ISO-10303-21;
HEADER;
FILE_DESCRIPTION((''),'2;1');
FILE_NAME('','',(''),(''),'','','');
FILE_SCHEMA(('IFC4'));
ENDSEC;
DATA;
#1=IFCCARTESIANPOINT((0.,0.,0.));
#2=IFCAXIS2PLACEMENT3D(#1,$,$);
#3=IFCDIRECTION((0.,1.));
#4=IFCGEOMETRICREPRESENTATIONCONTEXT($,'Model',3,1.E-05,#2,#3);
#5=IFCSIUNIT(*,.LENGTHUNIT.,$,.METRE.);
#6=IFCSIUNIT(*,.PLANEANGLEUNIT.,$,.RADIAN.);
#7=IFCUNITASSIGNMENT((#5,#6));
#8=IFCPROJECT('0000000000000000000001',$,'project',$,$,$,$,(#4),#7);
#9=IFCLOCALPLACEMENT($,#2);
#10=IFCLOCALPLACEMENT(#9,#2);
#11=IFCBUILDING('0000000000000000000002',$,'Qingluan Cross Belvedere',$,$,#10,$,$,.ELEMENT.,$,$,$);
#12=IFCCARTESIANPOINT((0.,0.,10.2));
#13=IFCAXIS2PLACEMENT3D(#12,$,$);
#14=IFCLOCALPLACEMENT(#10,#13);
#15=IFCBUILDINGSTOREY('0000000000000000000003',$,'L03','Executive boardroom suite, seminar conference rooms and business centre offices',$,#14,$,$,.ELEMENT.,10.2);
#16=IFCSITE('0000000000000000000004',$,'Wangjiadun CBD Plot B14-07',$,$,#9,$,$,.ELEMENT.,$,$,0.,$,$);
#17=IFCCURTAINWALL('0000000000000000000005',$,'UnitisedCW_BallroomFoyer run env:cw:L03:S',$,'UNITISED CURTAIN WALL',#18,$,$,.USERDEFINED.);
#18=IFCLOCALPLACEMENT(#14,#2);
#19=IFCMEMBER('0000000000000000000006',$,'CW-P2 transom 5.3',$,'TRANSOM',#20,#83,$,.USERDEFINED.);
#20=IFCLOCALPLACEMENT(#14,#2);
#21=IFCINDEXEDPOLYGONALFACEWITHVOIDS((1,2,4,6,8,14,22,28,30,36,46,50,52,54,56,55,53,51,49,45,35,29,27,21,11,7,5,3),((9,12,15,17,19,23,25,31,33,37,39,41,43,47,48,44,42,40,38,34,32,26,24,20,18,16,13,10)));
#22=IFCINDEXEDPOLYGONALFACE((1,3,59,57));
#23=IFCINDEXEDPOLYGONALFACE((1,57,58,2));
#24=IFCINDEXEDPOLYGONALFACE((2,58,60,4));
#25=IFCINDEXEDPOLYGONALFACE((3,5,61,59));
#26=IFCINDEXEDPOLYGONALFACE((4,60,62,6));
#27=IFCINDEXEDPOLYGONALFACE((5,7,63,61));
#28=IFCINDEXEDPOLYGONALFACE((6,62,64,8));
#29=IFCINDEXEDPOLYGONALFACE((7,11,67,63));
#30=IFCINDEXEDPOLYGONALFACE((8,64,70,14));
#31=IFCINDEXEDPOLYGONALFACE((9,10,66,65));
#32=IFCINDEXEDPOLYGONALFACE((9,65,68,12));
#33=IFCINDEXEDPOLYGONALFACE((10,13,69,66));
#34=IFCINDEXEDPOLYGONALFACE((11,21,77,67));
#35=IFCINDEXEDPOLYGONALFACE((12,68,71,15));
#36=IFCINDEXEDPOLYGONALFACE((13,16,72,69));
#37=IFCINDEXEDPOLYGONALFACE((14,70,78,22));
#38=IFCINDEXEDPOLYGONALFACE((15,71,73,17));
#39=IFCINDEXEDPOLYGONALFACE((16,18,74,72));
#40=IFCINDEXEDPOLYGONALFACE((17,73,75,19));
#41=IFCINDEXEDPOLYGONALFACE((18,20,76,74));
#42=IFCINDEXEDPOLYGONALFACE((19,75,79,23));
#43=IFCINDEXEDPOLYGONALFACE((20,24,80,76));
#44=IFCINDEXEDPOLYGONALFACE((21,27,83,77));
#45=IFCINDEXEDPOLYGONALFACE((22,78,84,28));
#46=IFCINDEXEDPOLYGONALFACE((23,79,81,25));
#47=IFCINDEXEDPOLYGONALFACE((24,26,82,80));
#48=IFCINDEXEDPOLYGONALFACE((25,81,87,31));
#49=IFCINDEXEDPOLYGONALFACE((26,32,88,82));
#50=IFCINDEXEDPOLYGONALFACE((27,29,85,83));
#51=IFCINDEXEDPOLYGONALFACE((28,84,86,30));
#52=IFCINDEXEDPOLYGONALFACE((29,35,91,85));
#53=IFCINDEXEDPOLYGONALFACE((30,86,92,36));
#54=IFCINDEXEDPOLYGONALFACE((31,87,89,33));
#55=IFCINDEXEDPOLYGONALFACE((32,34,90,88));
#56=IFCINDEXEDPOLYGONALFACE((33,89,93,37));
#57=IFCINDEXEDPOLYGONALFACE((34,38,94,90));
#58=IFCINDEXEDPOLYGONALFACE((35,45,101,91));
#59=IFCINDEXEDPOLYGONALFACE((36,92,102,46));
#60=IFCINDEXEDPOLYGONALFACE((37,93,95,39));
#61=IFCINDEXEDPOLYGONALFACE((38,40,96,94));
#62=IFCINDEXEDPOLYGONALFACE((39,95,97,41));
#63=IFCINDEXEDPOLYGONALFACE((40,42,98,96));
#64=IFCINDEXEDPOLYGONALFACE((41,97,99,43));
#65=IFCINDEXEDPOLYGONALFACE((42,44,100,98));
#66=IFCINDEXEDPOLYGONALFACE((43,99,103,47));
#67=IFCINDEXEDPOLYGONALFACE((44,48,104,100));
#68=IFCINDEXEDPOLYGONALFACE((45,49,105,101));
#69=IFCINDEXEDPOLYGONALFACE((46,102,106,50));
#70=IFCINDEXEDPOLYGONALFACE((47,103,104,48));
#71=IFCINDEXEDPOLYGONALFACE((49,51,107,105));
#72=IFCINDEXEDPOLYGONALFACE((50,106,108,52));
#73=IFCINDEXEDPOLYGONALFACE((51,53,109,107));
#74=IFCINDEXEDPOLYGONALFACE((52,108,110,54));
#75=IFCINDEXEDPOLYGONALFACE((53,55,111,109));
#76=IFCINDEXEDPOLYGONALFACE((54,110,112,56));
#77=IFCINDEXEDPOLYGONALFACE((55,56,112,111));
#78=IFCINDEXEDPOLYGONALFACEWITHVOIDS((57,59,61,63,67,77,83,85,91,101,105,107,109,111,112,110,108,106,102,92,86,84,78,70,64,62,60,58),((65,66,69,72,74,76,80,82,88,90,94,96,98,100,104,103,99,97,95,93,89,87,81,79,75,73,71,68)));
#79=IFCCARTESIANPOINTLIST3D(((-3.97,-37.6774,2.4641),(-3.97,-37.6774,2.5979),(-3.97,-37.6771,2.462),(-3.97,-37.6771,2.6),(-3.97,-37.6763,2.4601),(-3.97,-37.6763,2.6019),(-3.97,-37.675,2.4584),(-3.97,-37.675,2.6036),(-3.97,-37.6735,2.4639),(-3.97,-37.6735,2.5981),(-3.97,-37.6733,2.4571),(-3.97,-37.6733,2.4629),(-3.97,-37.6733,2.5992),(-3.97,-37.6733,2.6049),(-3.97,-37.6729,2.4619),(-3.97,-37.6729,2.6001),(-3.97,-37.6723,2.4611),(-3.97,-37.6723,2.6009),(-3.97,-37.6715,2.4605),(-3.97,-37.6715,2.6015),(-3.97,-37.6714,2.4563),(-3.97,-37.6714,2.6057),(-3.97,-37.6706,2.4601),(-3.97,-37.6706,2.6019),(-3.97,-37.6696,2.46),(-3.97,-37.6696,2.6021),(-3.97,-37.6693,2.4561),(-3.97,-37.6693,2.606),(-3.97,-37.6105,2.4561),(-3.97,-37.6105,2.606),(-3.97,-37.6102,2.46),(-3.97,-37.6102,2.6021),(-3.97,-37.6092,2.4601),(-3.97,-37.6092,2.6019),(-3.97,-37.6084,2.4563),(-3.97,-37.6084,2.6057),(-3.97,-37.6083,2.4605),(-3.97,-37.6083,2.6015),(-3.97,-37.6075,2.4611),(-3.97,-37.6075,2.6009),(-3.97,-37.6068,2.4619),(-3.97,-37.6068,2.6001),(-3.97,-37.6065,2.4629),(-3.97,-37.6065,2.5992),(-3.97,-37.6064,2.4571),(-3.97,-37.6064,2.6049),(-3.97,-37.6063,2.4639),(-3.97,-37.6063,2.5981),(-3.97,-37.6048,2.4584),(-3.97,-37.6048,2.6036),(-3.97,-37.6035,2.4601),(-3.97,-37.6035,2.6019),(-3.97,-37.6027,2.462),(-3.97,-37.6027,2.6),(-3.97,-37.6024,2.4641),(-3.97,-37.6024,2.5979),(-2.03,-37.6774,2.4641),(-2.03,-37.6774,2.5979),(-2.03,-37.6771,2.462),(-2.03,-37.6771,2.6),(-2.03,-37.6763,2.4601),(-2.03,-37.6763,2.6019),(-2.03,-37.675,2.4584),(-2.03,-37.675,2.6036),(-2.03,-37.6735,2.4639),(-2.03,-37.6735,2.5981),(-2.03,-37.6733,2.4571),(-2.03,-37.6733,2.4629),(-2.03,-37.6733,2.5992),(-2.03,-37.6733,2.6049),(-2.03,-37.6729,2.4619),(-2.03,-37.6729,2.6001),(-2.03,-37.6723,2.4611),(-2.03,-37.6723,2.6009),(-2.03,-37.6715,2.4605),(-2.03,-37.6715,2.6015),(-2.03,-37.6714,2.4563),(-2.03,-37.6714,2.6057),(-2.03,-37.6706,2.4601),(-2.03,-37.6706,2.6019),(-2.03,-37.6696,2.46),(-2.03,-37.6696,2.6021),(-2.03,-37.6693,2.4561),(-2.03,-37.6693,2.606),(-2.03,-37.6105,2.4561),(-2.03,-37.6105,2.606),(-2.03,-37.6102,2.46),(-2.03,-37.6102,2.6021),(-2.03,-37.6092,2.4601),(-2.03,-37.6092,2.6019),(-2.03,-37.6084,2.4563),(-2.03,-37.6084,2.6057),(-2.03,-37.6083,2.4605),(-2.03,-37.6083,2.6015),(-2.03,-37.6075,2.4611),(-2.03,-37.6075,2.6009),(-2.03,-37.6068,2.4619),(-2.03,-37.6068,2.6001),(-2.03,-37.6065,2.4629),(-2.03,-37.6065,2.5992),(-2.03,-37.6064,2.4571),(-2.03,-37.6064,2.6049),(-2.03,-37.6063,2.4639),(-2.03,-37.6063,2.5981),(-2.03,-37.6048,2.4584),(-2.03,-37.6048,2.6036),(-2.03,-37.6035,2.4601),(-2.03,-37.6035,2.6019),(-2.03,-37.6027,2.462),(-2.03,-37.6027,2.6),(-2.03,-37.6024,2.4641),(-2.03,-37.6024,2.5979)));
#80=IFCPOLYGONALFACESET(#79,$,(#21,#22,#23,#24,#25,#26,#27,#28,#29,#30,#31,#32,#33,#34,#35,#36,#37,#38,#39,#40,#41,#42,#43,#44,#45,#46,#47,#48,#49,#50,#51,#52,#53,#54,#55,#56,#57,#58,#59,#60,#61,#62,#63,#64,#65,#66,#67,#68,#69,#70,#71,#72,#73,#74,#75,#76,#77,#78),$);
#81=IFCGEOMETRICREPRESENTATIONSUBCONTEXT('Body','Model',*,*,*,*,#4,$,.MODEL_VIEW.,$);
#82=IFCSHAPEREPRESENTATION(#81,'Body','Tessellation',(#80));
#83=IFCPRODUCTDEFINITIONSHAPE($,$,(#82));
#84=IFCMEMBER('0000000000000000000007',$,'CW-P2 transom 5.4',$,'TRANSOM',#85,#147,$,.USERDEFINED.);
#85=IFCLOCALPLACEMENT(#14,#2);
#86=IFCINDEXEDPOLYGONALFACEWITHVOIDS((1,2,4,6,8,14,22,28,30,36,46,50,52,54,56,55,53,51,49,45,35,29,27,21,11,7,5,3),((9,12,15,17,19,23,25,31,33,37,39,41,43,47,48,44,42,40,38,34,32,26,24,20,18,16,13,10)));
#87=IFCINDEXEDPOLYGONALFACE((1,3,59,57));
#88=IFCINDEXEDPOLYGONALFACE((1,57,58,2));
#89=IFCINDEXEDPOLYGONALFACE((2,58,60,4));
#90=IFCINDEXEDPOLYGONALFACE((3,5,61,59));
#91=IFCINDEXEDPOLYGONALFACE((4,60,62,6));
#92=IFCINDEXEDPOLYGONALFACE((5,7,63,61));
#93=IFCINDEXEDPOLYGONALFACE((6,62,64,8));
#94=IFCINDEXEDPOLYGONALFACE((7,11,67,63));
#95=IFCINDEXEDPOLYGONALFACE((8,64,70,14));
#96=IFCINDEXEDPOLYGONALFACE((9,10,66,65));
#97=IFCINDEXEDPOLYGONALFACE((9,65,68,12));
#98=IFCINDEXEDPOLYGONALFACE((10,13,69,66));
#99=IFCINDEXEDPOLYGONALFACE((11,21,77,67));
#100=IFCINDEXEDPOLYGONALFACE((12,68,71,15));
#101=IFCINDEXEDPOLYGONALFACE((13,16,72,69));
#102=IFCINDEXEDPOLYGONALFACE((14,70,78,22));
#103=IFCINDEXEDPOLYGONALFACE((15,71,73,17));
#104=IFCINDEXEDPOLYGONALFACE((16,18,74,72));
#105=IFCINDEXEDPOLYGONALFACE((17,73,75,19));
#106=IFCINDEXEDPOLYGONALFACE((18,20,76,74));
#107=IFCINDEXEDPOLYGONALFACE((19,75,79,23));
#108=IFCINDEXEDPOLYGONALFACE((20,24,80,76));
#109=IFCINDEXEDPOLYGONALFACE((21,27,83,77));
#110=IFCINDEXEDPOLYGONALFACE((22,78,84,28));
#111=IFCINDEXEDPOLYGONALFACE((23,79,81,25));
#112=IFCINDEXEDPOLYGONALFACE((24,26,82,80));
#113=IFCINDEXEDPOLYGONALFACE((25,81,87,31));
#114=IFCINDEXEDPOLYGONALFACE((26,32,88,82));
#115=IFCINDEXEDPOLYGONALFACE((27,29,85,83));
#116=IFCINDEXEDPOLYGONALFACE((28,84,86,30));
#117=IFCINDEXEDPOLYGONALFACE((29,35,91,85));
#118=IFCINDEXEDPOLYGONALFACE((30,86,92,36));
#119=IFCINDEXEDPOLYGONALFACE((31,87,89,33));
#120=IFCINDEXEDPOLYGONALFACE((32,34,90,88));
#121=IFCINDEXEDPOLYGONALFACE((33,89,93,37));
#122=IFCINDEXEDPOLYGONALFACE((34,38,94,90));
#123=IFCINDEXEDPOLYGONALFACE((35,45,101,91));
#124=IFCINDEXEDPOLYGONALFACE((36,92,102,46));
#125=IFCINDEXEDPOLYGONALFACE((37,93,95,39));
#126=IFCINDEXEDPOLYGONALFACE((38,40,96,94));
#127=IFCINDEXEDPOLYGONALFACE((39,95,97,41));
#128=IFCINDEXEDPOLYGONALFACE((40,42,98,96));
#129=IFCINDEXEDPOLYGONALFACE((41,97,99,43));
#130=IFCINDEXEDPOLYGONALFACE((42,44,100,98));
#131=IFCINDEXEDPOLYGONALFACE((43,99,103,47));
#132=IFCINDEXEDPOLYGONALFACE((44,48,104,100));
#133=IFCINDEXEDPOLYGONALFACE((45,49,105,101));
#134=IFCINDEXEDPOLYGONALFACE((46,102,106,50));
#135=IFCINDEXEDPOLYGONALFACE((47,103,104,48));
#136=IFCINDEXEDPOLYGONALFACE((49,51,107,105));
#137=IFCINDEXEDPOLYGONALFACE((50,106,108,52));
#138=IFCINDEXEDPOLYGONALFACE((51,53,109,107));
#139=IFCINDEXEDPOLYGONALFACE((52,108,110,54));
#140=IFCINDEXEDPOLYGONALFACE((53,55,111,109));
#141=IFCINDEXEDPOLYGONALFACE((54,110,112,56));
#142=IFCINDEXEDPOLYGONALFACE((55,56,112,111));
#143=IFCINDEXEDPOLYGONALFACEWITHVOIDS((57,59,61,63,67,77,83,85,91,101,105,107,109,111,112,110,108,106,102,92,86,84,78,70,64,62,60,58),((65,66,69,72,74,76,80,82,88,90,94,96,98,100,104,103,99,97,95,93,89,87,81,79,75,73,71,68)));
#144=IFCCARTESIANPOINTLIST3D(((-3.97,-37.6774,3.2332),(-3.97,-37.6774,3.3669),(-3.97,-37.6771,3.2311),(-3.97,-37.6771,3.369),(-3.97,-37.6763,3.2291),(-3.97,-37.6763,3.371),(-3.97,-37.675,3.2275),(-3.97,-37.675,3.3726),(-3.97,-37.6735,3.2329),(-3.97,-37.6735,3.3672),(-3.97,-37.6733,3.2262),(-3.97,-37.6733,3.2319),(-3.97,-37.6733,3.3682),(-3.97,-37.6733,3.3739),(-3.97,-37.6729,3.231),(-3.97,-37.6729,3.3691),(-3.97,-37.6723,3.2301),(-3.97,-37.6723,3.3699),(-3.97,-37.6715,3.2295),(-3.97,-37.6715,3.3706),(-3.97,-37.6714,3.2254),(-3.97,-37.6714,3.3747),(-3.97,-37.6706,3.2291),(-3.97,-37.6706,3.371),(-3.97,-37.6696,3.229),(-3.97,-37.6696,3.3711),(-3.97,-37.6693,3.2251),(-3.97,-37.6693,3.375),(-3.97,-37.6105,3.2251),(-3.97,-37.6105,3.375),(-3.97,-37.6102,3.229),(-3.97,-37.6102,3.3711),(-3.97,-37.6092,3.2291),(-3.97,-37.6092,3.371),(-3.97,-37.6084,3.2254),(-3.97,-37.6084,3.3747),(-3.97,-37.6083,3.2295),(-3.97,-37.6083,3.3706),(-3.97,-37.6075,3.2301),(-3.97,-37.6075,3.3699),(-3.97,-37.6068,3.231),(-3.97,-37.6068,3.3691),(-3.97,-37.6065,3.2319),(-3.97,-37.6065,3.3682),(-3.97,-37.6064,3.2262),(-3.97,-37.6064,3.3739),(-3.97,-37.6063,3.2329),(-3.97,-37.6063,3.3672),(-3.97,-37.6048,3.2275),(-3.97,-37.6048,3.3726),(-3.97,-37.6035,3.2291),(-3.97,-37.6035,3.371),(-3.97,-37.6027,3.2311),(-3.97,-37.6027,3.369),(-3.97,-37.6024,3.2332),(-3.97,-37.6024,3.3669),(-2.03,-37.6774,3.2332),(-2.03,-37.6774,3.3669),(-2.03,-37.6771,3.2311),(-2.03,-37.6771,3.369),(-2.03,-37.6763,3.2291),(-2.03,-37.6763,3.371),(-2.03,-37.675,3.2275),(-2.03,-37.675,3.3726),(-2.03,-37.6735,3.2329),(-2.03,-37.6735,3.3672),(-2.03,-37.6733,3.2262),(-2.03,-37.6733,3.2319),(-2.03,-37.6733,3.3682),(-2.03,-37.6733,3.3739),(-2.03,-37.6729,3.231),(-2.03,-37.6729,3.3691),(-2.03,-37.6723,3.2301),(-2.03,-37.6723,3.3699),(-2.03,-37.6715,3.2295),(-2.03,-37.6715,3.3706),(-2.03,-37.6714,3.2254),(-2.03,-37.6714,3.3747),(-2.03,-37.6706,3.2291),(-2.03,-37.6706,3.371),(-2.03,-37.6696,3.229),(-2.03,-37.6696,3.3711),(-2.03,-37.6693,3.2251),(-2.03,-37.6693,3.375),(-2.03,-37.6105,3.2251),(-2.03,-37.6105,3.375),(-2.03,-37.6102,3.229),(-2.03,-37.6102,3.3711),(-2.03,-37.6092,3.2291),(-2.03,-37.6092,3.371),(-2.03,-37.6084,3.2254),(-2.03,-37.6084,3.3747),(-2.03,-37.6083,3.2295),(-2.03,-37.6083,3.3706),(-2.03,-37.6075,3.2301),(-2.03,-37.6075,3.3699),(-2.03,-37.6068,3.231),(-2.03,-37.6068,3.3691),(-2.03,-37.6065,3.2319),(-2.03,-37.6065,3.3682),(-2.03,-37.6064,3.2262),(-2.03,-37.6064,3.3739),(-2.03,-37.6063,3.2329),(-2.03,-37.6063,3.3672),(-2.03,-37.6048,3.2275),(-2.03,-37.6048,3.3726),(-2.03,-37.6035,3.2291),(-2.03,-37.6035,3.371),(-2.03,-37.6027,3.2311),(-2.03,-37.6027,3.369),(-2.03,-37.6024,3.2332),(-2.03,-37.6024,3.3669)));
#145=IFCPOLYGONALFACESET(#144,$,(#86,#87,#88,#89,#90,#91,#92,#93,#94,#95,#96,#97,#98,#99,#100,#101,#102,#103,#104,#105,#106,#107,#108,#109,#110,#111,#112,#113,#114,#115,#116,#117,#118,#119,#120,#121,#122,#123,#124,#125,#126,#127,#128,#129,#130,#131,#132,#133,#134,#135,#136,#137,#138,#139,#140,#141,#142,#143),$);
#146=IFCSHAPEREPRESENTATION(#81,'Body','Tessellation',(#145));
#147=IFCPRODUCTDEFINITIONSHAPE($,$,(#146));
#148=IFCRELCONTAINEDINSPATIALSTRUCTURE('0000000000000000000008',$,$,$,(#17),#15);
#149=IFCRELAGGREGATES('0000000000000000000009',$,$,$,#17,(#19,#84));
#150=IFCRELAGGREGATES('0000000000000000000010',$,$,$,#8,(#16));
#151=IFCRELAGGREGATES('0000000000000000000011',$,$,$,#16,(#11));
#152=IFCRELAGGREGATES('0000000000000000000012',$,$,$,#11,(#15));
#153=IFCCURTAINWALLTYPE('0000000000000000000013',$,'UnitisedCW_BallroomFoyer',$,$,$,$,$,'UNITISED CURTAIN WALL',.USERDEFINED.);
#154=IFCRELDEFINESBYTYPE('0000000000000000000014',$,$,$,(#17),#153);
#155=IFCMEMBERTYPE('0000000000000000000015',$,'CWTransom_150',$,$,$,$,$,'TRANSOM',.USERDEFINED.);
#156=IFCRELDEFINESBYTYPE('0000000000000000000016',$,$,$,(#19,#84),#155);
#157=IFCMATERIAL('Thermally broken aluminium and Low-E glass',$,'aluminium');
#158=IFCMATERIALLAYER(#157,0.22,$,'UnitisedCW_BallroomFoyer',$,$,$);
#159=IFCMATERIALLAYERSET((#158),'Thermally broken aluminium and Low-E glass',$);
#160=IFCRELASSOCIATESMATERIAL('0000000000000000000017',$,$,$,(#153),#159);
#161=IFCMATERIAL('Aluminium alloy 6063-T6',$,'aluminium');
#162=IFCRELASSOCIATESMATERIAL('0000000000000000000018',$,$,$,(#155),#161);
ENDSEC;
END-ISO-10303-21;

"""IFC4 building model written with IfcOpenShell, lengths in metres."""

from ifc_helpers import new_model, si_unit, direction, frame, origin, origin_2d, place, context, subcontext, project, spatial, hollow_rectangle, extrude, material, layer, layer_set, material_profile, profile_set, type_object, element, aggregate, save


model = new_model("IFC4")

# Units and contexts
model_context = context("Model", 3, precision=1e-05, world=origin(), true_north=direction((0.0, 1.0)))
body_context = subcontext(model_context, "Body", "Model", "MODEL_VIEW")
ifc_project = project(units=[si_unit("LENGTHUNIT", "METRE"), si_unit("PLANEANGLEUNIT", "RADIAN")], contexts=[model_context])

# Site, building, storey
site_placement = place(None, origin())
site = spatial("IfcSite", under=ifc_project, at=site_placement, Name="Wangjiadun CBD Plot B14-07", CompositionType="ELEMENT", RefElevation=0.0)
building_placement = place(site_placement, origin())
building = spatial("IfcBuilding", under=site, at=building_placement, Name="Qingluan Cross Belvedere", CompositionType="ELEMENT")
storey_placement = place(building_placement, frame((0.0, 0.0, 10.2)))
storey = spatial("IfcBuildingStorey", under=building, at=storey_placement, Name="L03", Description="Executive boardroom suite, seminar conference rooms and business centre offices", CompositionType="ELEMENT", Elevation=10.2)

# Curtain wall, members
ifc_material_1 = material(Name="Thermally broken aluminium and Low-E glass", Category="aluminium")
ifc_layer_1 = layer(ifc_material_1, 0.22, Name="UnitisedCW_BallroomFoyer")
ifc_layer_set_1 = layer_set([ifc_layer_1], Name="Thermally broken aluminium and Low-E glass")
curtain_wall_type = type_object("IfcCurtainWallType", Name="UnitisedCW_BallroomFoyer", ElementType="UNITISED CURTAIN WALL", PredefinedType="USERDEFINED", material=ifc_layer_set_1)
curtain_wall_placement = place(storey_placement, origin())
curtain_wall = element("IfcCurtainWall", 1, at=curtain_wall_placement, inside=storey, type_object=curtain_wall_type, Name="UnitisedCW_BallroomFoyer run env:cw:L03:S", ObjectType="UNITISED CURTAIN WALL", PredefinedType="USERDEFINED")
ifc_material_2 = material(Name="Aluminium alloy 6063-T6", Category="aluminium")
ifc_material_profile_1 = material_profile(ifc_material_2, hollow_rectangle(XDim=0.075, YDim=0.1499, WallThickness=0.0039, InnerFilletRadius=0.0039, OuterFilletRadius=0.0081, at=origin_2d()), Name="CWT150x75x4")
ifc_profile_set_1 = profile_set([ifc_material_profile_1], Name="Aluminium alloy 6063-T6")
member_type_1 = type_object("IfcMemberType", Name="CWTransom_150", ElementType="TRANSOM", PredefinedType="USERDEFINED", material=ifc_profile_set_1)
member_1_placement = place(storey_placement, frame((-2.03, -37.6399, 2.531), z_axis=(-1.0, 0.0, 0.0), x_axis=(0.0, -1.0, 0.0)))
member_1 = element("IfcMember", 2, at=member_1_placement, type_object=member_type_1, Name="CW-P2 transom 5.3", ObjectType="TRANSOM", PredefinedType="USERDEFINED", context=body_context, shape_type="SweptSolid", body=[
    extrude(hollow_rectangle(XDim=0.075, YDim=0.1499, WallThickness=0.0039, InnerFilletRadius=0.0039, OuterFilletRadius=0.0081, at=origin_2d()), origin(), (0.0, 0.0, 1.0), 1.9399),
])
member_2_placement = place(storey_placement, frame((-2.03, -37.6399, 3.3), z_axis=(-1.0, 0.0, 0.0), x_axis=(0.0, -1.0, 0.0)))
member_2 = element("IfcMember", 3, at=member_2_placement, type_object=member_type_1, Name="CW-P2 transom 5.4", ObjectType="TRANSOM", PredefinedType="USERDEFINED", context=body_context, shape_type="SweptSolid", body=[
    extrude(hollow_rectangle(XDim=0.075, YDim=0.1499, WallThickness=0.0039, InnerFilletRadius=0.0039, OuterFilletRadius=0.0081, at=origin_2d()), origin(), (0.0, 0.0, 1.0), 1.9399),
])

aggregate(curtain_wall, [member_1, member_2])

save(model, "model.ifc")
